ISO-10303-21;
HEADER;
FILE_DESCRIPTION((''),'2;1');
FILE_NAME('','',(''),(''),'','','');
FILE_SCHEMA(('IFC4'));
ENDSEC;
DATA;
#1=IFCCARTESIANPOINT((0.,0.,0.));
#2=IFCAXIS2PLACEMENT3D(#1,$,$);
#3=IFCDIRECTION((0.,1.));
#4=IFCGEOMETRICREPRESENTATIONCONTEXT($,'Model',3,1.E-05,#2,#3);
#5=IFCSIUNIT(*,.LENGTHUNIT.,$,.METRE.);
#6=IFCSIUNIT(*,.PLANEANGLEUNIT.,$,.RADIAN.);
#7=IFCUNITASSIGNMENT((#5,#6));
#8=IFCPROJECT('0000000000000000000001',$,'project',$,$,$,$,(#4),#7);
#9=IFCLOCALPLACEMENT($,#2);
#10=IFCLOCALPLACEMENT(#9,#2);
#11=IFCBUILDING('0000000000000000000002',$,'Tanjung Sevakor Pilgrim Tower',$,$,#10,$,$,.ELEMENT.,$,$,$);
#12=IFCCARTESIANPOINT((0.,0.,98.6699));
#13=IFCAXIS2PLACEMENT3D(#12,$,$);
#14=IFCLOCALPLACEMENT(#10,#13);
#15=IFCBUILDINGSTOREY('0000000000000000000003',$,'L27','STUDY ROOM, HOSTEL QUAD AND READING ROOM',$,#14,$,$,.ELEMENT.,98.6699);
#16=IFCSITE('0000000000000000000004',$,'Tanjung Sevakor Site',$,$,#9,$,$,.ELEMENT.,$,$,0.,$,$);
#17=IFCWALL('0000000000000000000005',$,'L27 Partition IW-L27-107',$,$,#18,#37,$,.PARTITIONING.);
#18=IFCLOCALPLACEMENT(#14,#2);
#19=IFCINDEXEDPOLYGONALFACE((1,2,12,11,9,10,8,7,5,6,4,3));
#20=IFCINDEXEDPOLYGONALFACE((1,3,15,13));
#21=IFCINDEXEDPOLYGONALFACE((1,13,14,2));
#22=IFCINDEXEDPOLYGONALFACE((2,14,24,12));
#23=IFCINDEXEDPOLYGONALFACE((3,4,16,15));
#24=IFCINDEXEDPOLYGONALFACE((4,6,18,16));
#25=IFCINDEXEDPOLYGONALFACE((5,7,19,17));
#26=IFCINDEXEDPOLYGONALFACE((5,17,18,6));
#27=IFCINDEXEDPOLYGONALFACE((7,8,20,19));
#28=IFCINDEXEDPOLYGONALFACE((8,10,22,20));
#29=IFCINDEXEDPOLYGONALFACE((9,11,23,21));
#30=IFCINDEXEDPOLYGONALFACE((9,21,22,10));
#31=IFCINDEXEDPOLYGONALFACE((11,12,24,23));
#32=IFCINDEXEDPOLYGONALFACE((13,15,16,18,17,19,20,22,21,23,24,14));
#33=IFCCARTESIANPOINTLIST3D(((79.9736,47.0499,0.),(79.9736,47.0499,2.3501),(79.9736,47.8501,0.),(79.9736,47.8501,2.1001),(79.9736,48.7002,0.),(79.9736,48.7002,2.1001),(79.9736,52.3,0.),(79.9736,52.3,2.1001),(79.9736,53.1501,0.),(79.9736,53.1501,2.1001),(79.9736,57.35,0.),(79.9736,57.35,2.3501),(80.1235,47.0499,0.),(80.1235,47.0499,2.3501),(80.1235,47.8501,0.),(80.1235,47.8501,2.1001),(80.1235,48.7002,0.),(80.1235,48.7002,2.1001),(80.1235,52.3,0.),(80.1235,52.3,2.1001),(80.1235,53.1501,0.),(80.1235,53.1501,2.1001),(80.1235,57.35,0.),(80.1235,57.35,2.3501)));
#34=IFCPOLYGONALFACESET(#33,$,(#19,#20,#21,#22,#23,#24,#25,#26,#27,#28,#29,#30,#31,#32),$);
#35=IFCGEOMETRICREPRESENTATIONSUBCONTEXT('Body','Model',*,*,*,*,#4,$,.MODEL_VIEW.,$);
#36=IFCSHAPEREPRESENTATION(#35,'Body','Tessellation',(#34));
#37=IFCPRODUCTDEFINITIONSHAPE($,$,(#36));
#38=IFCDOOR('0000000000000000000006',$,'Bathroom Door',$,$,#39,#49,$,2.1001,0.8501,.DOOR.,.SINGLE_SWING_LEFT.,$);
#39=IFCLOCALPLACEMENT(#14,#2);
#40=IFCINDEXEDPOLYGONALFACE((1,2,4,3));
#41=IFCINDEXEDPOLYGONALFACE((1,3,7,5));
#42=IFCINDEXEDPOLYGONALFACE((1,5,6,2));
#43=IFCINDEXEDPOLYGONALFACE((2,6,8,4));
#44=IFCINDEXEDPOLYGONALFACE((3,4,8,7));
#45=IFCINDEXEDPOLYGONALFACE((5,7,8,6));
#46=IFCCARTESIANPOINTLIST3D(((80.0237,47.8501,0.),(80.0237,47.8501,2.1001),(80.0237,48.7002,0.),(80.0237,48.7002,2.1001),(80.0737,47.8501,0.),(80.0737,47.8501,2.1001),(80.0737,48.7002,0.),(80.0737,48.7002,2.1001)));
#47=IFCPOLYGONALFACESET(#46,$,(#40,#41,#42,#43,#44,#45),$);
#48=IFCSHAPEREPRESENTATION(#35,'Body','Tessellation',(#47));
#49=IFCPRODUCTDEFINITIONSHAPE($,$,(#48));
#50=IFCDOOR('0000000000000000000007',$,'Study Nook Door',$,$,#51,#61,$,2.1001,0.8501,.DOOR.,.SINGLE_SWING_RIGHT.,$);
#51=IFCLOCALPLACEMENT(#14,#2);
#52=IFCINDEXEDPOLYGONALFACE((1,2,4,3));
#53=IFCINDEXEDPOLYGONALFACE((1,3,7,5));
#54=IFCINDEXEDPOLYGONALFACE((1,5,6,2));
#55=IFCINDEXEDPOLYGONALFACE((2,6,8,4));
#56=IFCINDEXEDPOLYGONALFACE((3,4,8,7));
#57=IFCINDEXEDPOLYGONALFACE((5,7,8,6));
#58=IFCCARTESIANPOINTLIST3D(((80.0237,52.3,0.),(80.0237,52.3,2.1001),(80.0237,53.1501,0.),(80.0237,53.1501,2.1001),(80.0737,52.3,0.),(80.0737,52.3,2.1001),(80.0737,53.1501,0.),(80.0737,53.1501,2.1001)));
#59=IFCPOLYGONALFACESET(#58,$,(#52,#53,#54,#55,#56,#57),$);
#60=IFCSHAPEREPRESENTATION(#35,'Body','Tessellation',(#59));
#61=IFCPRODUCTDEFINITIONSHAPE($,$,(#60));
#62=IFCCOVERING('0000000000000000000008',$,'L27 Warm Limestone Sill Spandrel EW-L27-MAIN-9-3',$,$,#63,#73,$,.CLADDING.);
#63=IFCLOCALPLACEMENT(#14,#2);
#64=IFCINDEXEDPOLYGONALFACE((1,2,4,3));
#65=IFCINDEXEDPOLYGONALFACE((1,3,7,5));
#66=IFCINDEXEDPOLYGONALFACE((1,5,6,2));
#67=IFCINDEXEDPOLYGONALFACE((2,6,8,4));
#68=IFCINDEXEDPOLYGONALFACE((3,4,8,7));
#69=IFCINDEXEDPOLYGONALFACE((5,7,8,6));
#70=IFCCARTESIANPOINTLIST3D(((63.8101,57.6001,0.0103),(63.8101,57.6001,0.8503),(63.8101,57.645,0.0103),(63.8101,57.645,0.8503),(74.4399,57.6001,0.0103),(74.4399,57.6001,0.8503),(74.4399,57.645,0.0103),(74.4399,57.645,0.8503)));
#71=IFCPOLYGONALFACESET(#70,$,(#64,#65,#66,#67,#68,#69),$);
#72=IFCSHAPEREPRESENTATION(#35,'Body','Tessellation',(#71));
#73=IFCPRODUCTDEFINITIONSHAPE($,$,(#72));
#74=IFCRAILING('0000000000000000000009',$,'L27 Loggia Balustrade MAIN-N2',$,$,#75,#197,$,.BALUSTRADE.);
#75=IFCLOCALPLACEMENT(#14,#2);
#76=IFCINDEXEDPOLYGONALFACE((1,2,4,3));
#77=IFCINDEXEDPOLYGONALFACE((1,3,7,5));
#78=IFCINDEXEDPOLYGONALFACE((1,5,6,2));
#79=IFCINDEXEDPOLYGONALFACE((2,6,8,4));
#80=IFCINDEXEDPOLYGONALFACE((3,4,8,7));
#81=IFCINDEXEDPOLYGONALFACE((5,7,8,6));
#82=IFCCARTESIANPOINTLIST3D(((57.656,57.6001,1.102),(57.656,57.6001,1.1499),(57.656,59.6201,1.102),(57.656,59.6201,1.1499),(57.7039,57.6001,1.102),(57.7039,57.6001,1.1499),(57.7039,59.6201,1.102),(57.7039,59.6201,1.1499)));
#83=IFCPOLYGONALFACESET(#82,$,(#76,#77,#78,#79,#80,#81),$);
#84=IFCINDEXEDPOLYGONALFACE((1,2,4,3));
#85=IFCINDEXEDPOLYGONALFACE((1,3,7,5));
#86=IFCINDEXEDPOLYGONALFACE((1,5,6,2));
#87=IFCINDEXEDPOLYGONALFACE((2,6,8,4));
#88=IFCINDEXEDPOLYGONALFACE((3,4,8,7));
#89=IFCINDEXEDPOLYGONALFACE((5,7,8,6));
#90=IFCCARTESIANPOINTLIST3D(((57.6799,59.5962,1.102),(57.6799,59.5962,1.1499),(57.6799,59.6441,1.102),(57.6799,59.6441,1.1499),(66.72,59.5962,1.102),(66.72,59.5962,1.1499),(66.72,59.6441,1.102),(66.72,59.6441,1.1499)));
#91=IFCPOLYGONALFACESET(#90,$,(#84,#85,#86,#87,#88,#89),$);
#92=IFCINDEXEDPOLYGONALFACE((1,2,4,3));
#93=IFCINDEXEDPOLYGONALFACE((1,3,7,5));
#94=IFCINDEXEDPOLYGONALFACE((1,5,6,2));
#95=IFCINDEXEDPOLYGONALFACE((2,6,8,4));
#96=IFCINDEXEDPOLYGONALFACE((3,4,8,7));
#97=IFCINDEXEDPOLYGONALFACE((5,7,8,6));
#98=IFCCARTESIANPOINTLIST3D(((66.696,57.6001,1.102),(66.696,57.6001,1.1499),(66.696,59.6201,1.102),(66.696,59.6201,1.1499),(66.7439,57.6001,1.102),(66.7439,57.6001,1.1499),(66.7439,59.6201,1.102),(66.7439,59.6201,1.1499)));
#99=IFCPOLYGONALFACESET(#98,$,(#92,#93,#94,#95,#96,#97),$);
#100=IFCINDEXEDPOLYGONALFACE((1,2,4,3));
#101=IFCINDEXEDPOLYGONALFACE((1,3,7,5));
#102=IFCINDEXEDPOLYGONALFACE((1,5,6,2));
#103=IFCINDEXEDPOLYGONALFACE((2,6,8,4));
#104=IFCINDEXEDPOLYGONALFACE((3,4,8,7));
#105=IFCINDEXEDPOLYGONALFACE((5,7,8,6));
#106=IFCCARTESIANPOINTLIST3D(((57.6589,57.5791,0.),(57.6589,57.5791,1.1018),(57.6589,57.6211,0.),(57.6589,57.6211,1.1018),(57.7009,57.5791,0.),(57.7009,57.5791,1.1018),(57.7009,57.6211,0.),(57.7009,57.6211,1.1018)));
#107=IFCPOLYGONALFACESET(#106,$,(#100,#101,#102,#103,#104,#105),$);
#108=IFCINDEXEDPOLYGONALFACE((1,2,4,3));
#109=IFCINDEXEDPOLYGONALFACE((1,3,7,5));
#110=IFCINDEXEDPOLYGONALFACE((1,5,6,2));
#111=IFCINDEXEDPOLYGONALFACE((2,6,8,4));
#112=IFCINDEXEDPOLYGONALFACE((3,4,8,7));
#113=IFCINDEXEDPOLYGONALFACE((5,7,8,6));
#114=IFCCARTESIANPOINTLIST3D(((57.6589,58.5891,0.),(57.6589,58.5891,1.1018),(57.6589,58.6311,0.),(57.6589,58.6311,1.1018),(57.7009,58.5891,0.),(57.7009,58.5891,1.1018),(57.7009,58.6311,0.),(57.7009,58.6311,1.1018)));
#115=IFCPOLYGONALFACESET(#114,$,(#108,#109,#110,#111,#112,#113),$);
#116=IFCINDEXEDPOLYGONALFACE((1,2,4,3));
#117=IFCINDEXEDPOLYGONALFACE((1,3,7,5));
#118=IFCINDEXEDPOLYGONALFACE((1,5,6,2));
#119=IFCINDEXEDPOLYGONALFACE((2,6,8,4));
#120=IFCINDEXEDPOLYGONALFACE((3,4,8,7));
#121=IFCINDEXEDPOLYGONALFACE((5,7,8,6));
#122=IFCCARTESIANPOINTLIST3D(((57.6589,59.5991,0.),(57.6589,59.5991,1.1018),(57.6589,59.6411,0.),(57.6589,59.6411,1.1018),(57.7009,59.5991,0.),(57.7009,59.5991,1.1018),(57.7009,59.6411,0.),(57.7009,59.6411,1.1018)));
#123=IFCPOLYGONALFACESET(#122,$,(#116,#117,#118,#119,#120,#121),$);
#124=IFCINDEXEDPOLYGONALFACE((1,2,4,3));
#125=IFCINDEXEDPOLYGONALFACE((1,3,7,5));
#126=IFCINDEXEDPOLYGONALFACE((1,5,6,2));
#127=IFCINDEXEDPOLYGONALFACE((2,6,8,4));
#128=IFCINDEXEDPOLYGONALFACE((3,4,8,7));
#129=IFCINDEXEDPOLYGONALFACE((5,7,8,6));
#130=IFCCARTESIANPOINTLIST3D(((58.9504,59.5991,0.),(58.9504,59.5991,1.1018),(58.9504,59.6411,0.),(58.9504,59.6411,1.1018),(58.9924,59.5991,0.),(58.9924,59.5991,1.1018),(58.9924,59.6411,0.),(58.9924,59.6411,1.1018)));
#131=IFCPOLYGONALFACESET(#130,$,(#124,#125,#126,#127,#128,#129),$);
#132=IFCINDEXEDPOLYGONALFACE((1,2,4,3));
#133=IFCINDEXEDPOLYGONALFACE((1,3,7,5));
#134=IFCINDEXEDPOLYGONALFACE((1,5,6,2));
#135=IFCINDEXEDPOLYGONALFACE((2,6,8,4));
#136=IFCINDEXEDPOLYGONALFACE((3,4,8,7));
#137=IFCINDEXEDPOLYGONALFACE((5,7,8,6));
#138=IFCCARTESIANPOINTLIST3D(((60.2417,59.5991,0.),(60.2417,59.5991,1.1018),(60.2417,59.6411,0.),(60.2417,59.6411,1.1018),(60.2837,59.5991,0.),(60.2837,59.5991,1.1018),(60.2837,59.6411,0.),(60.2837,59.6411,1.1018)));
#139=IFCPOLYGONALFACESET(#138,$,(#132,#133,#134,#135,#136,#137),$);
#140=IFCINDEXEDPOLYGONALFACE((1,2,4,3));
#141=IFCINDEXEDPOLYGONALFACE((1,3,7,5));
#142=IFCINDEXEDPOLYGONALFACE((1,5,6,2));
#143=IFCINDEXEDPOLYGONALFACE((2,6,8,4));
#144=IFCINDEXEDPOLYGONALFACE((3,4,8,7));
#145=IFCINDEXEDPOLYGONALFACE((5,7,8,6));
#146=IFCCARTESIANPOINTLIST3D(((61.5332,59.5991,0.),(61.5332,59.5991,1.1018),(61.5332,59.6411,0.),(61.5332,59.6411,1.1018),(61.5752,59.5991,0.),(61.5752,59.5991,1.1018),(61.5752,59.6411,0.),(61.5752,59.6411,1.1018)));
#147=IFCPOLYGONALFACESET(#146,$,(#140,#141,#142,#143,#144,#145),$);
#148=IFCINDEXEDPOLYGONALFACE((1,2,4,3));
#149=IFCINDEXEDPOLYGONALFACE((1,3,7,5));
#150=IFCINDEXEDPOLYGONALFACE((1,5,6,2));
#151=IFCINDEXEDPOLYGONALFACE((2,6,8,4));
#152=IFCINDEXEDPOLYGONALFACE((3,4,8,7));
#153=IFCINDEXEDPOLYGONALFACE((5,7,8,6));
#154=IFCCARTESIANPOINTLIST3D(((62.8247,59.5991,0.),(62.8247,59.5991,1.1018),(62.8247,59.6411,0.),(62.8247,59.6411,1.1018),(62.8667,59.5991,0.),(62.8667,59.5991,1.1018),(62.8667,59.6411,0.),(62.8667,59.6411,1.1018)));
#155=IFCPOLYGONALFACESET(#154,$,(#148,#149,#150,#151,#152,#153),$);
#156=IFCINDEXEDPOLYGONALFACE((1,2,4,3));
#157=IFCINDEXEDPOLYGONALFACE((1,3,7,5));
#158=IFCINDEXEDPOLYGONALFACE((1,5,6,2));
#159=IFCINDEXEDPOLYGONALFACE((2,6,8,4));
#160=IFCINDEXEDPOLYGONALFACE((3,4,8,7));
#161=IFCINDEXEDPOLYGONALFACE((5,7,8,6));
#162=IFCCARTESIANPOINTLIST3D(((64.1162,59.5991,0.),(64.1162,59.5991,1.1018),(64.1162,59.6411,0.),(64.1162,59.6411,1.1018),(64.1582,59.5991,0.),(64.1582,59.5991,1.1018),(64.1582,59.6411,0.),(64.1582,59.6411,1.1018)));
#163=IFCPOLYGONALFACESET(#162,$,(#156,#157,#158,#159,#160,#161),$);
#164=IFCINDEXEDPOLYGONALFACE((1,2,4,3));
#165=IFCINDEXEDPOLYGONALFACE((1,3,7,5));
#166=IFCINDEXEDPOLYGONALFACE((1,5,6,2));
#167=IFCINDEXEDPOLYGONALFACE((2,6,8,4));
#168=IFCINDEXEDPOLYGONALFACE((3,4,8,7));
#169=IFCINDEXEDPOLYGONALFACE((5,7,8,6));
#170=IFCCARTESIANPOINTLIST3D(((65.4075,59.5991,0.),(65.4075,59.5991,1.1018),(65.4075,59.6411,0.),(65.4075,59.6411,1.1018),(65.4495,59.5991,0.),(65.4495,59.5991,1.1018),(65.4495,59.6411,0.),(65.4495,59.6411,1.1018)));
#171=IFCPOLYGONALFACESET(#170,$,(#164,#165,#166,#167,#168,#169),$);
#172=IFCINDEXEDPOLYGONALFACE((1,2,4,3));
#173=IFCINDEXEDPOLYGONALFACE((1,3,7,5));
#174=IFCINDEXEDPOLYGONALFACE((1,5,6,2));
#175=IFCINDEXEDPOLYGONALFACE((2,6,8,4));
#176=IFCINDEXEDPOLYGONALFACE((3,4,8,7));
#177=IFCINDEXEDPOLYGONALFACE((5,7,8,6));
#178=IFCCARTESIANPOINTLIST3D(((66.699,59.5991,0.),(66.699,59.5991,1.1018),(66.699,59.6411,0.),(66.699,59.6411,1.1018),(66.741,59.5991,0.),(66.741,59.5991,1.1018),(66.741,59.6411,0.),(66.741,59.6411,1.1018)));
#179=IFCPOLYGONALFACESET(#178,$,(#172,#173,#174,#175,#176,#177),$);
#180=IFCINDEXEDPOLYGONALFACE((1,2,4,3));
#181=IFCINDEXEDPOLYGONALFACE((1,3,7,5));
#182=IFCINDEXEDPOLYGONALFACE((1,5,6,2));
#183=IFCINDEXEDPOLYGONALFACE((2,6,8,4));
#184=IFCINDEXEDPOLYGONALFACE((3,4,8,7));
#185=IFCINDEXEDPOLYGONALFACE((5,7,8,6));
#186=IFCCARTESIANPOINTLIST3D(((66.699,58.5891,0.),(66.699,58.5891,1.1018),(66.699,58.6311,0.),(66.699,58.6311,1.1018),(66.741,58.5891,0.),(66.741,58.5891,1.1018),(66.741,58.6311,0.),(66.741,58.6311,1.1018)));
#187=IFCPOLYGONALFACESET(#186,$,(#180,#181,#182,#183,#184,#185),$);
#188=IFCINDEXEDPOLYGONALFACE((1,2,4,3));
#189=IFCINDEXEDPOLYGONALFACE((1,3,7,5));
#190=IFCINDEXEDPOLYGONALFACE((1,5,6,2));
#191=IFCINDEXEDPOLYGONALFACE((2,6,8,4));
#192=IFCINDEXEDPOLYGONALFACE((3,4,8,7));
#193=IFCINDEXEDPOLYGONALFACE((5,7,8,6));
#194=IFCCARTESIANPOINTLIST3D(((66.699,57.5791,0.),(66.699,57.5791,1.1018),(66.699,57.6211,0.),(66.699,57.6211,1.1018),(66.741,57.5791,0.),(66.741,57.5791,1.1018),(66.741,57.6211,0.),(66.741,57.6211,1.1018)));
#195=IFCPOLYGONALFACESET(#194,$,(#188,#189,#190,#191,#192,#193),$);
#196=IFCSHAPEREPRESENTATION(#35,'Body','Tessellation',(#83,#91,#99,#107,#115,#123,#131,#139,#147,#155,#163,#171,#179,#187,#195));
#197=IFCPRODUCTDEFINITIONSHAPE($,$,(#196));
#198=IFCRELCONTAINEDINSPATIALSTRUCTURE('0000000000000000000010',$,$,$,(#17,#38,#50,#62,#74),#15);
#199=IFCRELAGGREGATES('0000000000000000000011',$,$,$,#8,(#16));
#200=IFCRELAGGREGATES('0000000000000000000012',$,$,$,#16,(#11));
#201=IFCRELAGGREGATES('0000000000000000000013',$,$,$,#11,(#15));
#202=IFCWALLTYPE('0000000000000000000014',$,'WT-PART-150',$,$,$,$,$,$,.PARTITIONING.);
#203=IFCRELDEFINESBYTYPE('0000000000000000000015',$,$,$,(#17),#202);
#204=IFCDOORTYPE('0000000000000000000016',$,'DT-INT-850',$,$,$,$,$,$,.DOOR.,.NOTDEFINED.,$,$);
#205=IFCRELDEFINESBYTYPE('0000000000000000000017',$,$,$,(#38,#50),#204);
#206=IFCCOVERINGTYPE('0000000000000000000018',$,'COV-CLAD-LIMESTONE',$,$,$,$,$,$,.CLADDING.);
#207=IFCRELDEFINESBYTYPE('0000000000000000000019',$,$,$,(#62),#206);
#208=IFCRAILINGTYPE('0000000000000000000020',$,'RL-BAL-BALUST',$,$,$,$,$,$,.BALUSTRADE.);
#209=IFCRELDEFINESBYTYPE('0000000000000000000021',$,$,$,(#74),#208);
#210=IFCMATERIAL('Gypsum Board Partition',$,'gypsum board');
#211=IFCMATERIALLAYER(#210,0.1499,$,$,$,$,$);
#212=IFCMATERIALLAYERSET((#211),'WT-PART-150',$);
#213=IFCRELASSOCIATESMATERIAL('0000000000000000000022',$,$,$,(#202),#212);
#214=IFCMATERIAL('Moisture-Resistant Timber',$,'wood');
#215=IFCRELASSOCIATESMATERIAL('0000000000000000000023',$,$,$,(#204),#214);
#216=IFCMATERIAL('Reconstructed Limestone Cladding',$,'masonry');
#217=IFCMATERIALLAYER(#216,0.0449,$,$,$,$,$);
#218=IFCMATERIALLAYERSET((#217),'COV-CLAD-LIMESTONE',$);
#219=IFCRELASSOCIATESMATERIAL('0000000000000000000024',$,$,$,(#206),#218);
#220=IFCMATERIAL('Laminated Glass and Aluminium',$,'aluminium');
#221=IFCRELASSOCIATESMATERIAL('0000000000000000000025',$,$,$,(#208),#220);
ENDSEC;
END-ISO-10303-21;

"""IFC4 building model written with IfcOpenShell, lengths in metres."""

from ifc_helpers import new_model, si_unit, direction, frame, frame_2d, origin, origin_2d, place, context, subcontext, project, spatial, rectangle, extrude, material, layer, layer_set, type_object, element, fill, save


model = new_model("IFC4")

# Units and contexts
model_context = context("Model", 3, precision=1e-05, world=origin(), true_north=direction((0.0, 1.0)))
body_context = subcontext(model_context, "Body", "Model", "MODEL_VIEW")
ifc_project = project(units=[si_unit("LENGTHUNIT", "METRE"), si_unit("PLANEANGLEUNIT", "RADIAN")], contexts=[model_context])

# Site, building, storey
site_placement = place(None, origin())
site = spatial("IfcSite", under=ifc_project, at=site_placement, Name="Tanjung Sevakor Site", CompositionType="ELEMENT", RefElevation=0.0)
building_placement = place(site_placement, origin())
building = spatial("IfcBuilding", under=site, at=building_placement, Name="Tanjung Sevakor Pilgrim Tower", CompositionType="ELEMENT")
storey_placement = place(building_placement, frame((0.0, 0.0, 98.6699)))
storey = spatial("IfcBuildingStorey", under=building, at=storey_placement, Name="L27", Description="STUDY ROOM, HOSTEL QUAD AND READING ROOM", CompositionType="ELEMENT", Elevation=98.6699)

# Shared definitions
ifc_material_1 = material(Name="Gypsum Board Partition", Category="gypsum board")
ifc_layer_1 = layer(ifc_material_1, 0.1499)
ifc_layer_set_1 = layer_set([ifc_layer_1], Name="WT-PART-150")
wall_type_1 = type_object("IfcWallType", Name="WT-PART-150", PredefinedType="PARTITIONING", material=ifc_layer_set_1)

# Shared definitions
ifc_material_2 = material(Name="Moisture-Resistant Timber", Category="wood")
door_type_1 = type_object("IfcDoorType", Name="DT-INT-850", OperationType="NOTDEFINED", PredefinedType="DOOR", material=ifc_material_2)

# Wall, openings, doors
wall_1_placement = place(storey_placement, frame((80.0486, 47.05, 0.0), z_axis=(0.0, 0.0, 1.0), x_axis=(0.0, 1.0, 0.0)))
wall_1 = element("IfcWall", 1, at=wall_1_placement, inside=storey, type_object=wall_type_1, Name="L27 Partition IW-L27-107", PredefinedType="PARTITIONING", context=body_context, shape_type="SweptSolid", body=[
    extrude(rectangle(XDim=10.3, YDim=0.1499, at=frame_2d((5.1499, 0.0))), origin(), (0.0, 0.0, 1.0), 2.3501),
])
opening_1_placement = place(wall_1_placement, frame((0.8, 0.0, 0.0)))
opening_1 = element("IfcOpeningElement", 2, at=opening_1_placement, cuts=wall_1, PredefinedType="OPENING", context=body_context, shape_type="SweptSolid", body=[
    extrude(rectangle(XDim=0.8501, YDim=2.1001, at=frame_2d((0.425, 1.05))), frame((0.0, 0.085, 0.0), z_axis=(0.0, -1.0, 0.0), x_axis=(1.0, 0.0, 0.0)), (0.0, 0.0, 1.0), 0.1699),
])
opening_2_placement = place(wall_1_placement, frame((5.25, 0.0, 0.0)))
opening_2 = element("IfcOpeningElement", 3, at=opening_2_placement, cuts=wall_1, PredefinedType="OPENING", context=body_context, shape_type="SweptSolid", body=[
    extrude(rectangle(XDim=0.8501, YDim=2.1001, at=frame_2d((0.425, 1.05))), frame((0.0, 0.085, 0.0), z_axis=(0.0, -1.0, 0.0), x_axis=(1.0, 0.0, 0.0)), (0.0, 0.0, 1.0), 0.1699),
])
door_1_placement = place(opening_1_placement, origin())
door_1 = element("IfcDoor", 4, at=door_1_placement, inside=storey, type_object=door_type_1, Name="Bathroom Door", OperationType="SINGLE_SWING_LEFT", OverallHeight=2.1001, OverallWidth=0.8501, PredefinedType="DOOR", context=body_context, shape_type="SweptSolid", body=[
    extrude(rectangle(XDim=0.8501, YDim=2.1001, at=frame_2d((0.425, 1.05))), frame((0.0, 0.0249, 0.0), z_axis=(0.0, -1.0, 0.0), x_axis=(1.0, 0.0, 0.0)), (0.0, 0.0, 1.0), 0.05),
])
fill(opening_1, door_1)
door_2_placement = place(opening_2_placement, origin())
door_2 = element("IfcDoor", 5, at=door_2_placement, inside=storey, type_object=door_type_1, Name="Study Nook Door", OperationType="SINGLE_SWING_RIGHT", OverallHeight=2.1001, OverallWidth=0.8501, PredefinedType="DOOR", context=body_context, shape_type="SweptSolid", body=[
    extrude(rectangle(XDim=0.8501, YDim=2.1001, at=frame_2d((0.425, 1.05))), frame((0.0, 0.0249, 0.0), z_axis=(0.0, -1.0, 0.0), x_axis=(1.0, 0.0, 0.0)), (0.0, 0.0, 1.0), 0.05),
])
fill(opening_2, door_2)

# Covering
ifc_material_3 = material(Name="Reconstructed Limestone Cladding", Category="masonry")
ifc_layer_2 = layer(ifc_material_3, 0.0449)
ifc_layer_set_2 = layer_set([ifc_layer_2], Name="COV-CLAD-LIMESTONE")
covering_type = type_object("IfcCoveringType", Name="COV-CLAD-LIMESTONE", PredefinedType="CLADDING", material=ifc_layer_set_2)
covering_placement = place(storey_placement, frame((69.125, 57.6226, 0.0103), z_axis=(0.0, 0.0, 1.0), x_axis=(-1.0, 0.0, 0.0)))
element("IfcCovering", 6, at=covering_placement, inside=storey, type_object=covering_type, Name="L27 Warm Limestone Sill Spandrel EW-L27-MAIN-9-3", PredefinedType="CLADDING", context=body_context, shape_type="SweptSolid", body=[
    extrude(rectangle(XDim=10.6299, YDim=0.0449, at=origin_2d()), origin(), (0.0, 0.0, 1.0), 0.8401),
])

# Railing
ifc_material_4 = material(Name="Laminated Glass and Aluminium", Category="aluminium")
railing_type = type_object("IfcRailingType", Name="RL-BAL-BALUST", PredefinedType="BALUSTRADE", material=ifc_material_4)
railing_1_placement = place(storey_placement, frame((57.6799, 57.6001, 0.0)))
element("IfcRailing", 7, at=railing_1_placement, inside=storey, type_object=railing_type, Name="L27 Loggia Balustrade MAIN-N2", PredefinedType="BALUSTRADE", context=body_context, shape_type="SweptSolid", body=[
    extrude(rectangle(XDim=0.0479, YDim=0.0479), frame((0.0, 0.0, 1.126), z_axis=(0.0, 1.0, 0.0), x_axis=(-1.0, 0.0, 0.0)), (0.0, 0.0, 1.0), 2.02),
    extrude(rectangle(XDim=0.0479, YDim=0.0479), frame((0.0, 2.02, 1.126), z_axis=(1.0, 0.0, 0.0), x_axis=(0.0, 1.0, 0.0)), (0.0, 0.0, 1.0), 9.04),
    extrude(rectangle(XDim=0.0479, YDim=0.0479), frame((9.04, 2.02, 1.126), z_axis=(0.0, -1.0, 0.0), x_axis=(1.0, 0.0, 0.0)), (0.0, 0.0, 1.0), 2.02),
    extrude(rectangle(XDim=0.042, YDim=0.042), origin(), (0.0, 0.0, 1.0), 1.1018),
    extrude(rectangle(XDim=0.042, YDim=0.042), frame((0.0, 1.01, 0.0)), (0.0, 0.0, 1.0), 1.1018),
    extrude(rectangle(XDim=0.042, YDim=0.042), frame((0.0, 2.02, 0.0)), (0.0, 0.0, 1.0), 1.1018),
    extrude(rectangle(XDim=0.042, YDim=0.042), frame((1.2915, 2.02, 0.0)), (0.0, 0.0, 1.0), 1.1018),
    extrude(rectangle(XDim=0.042, YDim=0.042), frame((2.5828, 2.02, 0.0)), (0.0, 0.0, 1.0), 1.1018),
    extrude(rectangle(XDim=0.042, YDim=0.042), frame((3.8743, 2.02, 0.0)), (0.0, 0.0, 1.0), 1.1018),
    extrude(rectangle(XDim=0.042, YDim=0.042), frame((5.1658, 2.02, 0.0)), (0.0, 0.0, 1.0), 1.1018),
    extrude(rectangle(XDim=0.042, YDim=0.042), frame((6.4573, 2.02, 0.0)), (0.0, 0.0, 1.0), 1.1018),
    extrude(rectangle(XDim=0.042, YDim=0.042), frame((7.7485, 2.02, 0.0)), (0.0, 0.0, 1.0), 1.1018),
    extrude(rectangle(XDim=0.042, YDim=0.042), frame((9.04, 2.02, 0.0)), (0.0, 0.0, 1.0), 1.1018),
    extrude(rectangle(XDim=0.042, YDim=0.042), frame((9.04, 1.01, 0.0)), (0.0, 0.0, 1.0), 1.1018),
    extrude(rectangle(XDim=0.042, YDim=0.042), frame((9.04, 0.0, 0.0)), (0.0, 0.0, 1.0), 1.1018),
])

save(model, "model.ifc")
